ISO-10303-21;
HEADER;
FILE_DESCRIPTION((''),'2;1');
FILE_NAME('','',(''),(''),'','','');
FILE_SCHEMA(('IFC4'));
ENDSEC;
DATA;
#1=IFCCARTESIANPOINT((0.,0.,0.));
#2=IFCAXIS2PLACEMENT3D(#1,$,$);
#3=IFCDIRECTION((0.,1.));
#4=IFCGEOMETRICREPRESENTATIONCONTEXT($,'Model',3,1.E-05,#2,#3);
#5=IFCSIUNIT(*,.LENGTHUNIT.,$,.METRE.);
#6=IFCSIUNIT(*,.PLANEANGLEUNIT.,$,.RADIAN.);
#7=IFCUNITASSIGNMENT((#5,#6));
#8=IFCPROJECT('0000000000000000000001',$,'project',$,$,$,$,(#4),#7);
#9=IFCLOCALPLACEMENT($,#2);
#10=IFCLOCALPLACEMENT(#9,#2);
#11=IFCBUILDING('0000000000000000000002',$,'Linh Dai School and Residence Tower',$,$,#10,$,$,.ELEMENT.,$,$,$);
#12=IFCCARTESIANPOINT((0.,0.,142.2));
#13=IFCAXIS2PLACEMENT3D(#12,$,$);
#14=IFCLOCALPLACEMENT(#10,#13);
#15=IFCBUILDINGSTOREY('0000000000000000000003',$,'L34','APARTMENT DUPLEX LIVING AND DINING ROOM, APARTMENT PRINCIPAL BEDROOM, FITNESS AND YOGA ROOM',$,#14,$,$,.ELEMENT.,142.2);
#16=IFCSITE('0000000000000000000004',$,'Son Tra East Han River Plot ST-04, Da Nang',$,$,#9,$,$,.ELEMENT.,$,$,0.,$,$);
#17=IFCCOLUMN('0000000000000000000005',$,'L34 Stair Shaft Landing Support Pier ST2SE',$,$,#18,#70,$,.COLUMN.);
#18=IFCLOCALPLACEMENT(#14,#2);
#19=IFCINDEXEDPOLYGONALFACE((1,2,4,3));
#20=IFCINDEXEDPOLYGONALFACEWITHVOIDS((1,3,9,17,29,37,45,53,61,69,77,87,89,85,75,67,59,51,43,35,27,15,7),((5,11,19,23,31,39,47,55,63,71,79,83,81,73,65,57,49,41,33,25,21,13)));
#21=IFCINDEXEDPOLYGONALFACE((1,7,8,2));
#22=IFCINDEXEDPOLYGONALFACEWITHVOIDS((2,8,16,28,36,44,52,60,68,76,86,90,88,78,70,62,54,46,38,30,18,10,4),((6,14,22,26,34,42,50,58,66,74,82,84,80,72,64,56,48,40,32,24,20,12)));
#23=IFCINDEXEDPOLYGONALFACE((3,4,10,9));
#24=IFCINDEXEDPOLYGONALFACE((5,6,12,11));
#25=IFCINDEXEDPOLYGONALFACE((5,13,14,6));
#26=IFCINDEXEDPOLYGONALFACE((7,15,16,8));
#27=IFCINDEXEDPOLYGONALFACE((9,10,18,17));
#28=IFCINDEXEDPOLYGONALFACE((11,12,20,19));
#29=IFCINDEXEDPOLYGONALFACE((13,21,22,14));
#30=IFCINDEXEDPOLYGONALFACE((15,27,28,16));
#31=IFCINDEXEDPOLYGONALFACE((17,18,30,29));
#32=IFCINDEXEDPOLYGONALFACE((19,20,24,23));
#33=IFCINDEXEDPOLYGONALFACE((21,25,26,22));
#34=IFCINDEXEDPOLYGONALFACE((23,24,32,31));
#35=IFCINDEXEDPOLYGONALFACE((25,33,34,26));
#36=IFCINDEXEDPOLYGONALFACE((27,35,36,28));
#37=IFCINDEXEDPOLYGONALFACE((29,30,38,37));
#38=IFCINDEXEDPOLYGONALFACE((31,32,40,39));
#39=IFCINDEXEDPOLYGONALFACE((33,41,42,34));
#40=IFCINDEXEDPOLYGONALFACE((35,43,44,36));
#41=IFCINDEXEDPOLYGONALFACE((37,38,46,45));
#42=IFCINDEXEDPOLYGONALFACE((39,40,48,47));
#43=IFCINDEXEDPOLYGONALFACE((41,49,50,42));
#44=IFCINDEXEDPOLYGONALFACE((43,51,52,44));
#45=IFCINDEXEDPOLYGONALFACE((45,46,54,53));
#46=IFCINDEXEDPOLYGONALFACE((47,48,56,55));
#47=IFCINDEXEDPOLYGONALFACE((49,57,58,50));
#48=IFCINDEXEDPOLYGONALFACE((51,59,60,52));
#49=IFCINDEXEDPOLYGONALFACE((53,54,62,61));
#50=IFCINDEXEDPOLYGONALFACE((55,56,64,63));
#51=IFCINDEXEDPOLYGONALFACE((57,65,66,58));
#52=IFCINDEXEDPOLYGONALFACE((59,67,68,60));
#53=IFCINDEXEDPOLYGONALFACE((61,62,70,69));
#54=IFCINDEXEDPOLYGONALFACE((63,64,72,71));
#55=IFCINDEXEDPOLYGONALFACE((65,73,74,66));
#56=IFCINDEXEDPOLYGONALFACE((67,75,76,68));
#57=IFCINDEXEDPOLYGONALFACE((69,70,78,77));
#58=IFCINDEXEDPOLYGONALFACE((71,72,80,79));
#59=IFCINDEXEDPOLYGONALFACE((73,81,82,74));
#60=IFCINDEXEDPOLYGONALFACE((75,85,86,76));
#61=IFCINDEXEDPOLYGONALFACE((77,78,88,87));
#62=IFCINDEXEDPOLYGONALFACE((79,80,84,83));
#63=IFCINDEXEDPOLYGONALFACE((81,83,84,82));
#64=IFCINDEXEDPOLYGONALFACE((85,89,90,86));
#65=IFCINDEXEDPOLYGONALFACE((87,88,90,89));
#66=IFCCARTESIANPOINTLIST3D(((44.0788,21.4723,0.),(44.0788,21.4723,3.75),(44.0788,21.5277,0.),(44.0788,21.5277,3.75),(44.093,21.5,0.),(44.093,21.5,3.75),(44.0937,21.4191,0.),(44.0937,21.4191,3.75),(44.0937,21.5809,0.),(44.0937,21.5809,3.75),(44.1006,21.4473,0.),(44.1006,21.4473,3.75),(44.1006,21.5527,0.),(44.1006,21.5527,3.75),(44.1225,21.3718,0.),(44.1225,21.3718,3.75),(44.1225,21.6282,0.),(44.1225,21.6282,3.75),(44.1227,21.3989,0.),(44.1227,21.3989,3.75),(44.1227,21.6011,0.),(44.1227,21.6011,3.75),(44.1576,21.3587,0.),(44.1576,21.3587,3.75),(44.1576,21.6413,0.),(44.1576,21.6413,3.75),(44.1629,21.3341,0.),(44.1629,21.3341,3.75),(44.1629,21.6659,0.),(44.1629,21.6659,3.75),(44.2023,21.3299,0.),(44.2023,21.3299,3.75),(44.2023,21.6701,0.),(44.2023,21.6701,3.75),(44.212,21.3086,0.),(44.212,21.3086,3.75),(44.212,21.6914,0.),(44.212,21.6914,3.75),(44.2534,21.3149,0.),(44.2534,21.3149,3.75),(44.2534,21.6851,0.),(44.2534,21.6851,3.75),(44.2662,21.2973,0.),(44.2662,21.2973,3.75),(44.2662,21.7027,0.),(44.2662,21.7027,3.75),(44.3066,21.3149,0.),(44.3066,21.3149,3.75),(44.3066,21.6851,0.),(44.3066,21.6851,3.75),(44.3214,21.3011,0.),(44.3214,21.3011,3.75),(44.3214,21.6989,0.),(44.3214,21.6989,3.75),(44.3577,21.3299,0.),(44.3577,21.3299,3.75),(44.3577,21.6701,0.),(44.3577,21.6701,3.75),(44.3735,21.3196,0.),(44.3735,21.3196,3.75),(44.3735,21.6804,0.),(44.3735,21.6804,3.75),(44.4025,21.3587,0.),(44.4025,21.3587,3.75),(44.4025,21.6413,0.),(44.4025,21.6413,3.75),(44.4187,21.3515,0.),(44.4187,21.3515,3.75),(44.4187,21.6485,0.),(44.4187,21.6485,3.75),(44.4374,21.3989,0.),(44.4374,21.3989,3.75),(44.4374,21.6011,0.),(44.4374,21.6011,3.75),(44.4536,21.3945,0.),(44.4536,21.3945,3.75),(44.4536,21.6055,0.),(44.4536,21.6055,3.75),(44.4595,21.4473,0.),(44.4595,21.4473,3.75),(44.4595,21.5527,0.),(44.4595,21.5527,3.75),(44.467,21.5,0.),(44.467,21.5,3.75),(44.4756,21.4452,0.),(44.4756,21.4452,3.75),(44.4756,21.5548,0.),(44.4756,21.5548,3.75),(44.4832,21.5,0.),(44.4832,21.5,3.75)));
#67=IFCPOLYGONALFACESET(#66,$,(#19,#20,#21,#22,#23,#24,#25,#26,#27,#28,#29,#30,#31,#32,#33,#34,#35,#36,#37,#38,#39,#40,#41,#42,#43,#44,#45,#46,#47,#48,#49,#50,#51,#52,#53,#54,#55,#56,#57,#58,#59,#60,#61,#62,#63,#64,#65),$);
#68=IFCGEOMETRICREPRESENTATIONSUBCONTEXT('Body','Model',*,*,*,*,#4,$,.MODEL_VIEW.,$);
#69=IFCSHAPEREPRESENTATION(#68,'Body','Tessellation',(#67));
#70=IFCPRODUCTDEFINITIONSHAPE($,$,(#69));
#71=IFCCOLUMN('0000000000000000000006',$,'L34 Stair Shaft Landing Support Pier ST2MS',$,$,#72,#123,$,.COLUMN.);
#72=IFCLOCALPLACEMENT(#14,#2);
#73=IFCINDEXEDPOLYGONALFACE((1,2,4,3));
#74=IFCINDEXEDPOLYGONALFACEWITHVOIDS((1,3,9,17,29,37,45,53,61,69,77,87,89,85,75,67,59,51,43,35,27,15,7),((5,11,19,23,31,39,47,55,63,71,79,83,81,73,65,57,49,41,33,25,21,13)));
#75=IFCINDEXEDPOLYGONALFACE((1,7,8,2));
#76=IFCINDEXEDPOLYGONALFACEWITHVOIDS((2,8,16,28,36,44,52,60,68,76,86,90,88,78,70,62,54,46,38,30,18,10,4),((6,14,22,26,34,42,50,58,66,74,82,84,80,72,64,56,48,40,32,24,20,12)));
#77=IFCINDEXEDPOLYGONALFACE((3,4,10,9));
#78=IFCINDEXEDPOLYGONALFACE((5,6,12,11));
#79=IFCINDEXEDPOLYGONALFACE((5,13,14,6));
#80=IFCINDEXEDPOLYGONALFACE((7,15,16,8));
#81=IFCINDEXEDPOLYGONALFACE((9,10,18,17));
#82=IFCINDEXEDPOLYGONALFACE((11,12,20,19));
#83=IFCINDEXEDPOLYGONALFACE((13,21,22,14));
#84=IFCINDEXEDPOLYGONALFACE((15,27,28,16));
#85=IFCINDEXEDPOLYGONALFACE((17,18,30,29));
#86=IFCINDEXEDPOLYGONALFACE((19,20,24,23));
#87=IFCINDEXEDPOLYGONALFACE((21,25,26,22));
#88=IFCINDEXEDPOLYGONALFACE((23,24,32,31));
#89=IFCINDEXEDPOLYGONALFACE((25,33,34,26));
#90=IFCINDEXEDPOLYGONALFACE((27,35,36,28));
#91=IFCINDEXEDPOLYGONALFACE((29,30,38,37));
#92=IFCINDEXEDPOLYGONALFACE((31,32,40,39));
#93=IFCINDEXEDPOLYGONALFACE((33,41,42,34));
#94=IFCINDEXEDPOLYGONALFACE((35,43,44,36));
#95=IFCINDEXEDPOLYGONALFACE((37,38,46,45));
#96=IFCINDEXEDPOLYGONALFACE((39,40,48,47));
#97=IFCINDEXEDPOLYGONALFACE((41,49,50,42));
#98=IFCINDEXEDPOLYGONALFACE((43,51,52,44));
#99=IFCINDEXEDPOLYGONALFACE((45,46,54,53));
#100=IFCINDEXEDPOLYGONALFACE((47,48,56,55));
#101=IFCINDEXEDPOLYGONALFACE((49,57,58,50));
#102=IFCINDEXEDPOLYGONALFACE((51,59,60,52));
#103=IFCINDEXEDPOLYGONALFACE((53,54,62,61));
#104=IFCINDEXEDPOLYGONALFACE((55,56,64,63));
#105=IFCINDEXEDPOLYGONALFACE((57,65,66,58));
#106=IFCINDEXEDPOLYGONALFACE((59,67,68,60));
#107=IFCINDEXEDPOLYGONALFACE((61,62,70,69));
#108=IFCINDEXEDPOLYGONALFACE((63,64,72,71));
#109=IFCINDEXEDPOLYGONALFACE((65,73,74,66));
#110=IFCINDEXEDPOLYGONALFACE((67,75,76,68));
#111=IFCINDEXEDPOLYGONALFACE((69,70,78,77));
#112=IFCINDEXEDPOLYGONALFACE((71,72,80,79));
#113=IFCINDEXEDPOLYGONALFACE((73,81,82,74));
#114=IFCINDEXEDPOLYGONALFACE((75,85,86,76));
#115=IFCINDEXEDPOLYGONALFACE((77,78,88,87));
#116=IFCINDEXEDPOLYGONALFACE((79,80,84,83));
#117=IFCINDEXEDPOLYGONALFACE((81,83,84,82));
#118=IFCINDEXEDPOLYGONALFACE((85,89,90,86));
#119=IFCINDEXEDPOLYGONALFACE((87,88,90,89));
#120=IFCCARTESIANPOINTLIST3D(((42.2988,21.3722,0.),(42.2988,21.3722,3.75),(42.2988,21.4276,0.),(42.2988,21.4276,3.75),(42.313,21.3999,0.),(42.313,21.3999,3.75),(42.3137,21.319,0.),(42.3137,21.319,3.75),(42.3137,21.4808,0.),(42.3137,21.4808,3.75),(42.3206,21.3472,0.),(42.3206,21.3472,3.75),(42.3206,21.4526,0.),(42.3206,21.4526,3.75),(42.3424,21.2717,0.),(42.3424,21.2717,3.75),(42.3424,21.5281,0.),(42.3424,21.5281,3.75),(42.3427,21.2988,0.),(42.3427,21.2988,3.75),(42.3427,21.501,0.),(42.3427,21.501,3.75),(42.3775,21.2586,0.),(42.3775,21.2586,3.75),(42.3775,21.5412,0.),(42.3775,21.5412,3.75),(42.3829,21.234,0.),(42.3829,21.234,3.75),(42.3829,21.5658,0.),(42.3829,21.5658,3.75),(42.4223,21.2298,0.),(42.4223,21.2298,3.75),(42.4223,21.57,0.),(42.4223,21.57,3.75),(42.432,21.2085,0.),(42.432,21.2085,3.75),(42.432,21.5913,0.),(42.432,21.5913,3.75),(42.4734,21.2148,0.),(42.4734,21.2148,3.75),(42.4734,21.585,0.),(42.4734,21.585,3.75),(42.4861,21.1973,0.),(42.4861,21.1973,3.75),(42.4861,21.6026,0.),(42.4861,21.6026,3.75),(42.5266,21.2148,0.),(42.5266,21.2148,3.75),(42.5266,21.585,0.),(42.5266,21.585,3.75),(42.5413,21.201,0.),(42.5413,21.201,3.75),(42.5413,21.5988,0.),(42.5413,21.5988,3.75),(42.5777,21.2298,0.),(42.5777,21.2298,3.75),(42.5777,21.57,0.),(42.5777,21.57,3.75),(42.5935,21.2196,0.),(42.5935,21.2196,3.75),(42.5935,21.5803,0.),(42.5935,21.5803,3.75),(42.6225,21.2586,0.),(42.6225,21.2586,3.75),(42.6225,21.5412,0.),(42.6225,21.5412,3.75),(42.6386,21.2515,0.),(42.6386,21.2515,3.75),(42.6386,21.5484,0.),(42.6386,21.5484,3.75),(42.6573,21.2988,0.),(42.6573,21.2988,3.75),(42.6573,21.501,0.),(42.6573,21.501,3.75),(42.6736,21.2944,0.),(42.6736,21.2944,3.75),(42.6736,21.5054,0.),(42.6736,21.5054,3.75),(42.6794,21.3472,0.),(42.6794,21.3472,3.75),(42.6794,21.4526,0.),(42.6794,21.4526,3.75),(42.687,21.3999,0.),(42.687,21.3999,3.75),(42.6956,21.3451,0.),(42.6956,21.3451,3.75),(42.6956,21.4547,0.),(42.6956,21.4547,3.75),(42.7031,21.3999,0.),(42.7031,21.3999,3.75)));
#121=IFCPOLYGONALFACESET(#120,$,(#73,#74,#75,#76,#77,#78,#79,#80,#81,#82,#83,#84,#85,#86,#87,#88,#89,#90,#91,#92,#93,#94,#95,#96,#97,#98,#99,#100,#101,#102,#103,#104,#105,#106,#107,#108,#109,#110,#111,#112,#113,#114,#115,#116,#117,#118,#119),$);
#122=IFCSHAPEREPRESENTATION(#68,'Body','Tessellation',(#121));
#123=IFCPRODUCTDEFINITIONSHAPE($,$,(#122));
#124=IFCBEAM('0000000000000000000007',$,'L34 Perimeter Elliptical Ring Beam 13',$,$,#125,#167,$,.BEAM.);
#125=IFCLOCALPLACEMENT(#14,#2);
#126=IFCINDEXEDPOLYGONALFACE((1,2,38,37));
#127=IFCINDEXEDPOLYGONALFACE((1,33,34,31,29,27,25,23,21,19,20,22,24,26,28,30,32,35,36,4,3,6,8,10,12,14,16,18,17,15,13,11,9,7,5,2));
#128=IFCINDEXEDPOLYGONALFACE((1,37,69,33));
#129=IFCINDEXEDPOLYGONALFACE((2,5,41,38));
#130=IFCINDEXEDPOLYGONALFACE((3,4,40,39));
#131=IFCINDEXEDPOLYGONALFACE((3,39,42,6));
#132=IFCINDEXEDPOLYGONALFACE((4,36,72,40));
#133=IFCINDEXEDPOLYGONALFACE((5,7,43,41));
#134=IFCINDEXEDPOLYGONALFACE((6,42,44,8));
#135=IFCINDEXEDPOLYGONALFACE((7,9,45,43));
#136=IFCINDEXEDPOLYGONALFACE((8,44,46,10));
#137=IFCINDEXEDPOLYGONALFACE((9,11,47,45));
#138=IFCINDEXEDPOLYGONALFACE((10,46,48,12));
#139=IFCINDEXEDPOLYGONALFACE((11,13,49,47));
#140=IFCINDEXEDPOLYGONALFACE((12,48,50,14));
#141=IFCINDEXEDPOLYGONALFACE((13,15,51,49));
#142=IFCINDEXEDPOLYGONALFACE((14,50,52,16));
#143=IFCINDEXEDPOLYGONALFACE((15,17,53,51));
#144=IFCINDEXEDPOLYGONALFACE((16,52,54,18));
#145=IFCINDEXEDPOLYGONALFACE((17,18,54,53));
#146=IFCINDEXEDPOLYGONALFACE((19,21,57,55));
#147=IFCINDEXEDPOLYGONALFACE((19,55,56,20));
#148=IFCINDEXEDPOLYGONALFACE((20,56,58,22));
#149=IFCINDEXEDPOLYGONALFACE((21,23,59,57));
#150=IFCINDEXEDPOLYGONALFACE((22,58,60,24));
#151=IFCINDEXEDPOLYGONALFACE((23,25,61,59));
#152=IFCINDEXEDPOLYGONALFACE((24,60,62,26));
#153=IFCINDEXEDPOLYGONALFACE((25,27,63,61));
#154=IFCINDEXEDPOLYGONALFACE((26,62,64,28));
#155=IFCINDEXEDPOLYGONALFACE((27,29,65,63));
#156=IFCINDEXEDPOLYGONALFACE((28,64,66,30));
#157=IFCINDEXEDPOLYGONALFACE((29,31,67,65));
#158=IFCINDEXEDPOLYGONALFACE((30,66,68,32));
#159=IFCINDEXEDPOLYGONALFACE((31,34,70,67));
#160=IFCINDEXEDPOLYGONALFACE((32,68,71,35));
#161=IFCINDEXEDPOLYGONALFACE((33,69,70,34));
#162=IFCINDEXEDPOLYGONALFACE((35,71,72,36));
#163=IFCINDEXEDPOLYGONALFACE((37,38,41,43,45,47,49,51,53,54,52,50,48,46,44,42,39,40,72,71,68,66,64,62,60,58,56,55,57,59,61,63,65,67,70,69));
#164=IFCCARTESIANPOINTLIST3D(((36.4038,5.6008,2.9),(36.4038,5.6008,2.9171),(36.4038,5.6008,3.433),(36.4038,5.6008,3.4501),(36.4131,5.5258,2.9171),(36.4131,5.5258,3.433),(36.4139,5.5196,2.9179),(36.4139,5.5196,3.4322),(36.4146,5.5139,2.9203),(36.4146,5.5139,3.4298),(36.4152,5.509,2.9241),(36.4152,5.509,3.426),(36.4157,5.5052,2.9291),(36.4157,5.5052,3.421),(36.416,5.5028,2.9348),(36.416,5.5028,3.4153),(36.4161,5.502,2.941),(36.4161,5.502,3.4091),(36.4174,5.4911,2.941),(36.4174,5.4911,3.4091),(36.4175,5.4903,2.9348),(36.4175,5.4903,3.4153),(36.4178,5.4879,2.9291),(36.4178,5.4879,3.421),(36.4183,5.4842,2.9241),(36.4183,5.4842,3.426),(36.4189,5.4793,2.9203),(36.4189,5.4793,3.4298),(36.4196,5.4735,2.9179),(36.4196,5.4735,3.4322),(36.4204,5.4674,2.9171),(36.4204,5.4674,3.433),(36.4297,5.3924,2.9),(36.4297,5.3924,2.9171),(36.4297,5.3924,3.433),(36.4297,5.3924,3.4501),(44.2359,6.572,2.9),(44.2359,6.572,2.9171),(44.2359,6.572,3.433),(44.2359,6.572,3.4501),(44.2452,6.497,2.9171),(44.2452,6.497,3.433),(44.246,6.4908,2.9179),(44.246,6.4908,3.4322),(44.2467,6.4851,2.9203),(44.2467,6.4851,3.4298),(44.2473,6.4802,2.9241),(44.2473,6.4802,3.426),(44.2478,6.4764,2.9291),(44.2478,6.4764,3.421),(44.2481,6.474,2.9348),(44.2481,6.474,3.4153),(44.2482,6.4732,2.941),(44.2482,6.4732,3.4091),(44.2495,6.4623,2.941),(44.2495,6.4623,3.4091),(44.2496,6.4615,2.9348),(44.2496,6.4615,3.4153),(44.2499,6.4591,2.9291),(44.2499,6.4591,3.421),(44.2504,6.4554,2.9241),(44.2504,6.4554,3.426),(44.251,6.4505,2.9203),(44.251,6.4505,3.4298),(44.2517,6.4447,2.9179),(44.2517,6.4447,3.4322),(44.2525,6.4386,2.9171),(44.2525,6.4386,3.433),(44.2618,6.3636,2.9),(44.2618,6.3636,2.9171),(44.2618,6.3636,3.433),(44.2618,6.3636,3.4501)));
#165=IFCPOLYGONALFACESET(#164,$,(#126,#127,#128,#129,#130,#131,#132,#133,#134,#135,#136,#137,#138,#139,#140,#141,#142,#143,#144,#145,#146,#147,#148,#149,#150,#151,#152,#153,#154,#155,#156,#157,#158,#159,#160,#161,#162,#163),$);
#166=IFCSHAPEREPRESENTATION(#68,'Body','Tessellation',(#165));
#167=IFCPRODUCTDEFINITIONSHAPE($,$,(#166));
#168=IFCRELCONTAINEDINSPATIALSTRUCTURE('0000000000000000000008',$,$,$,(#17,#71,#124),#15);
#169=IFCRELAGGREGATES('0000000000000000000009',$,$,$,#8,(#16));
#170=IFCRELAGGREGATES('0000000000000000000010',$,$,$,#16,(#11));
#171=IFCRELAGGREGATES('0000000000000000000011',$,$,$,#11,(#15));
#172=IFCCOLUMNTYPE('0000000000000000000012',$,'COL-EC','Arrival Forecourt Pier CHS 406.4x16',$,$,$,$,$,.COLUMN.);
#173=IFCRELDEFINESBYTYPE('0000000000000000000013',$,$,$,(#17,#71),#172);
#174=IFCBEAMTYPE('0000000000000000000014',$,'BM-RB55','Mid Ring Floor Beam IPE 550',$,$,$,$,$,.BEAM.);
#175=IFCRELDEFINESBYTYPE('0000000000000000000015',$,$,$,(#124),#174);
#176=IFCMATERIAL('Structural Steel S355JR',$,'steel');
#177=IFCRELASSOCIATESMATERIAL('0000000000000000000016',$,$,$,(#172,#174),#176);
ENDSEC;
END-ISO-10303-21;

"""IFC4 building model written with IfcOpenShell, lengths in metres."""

from ifc_helpers import new_model, si_unit, direction, frame, origin, origin_2d, place, context, subcontext, project, spatial, hollow_circle, i_section, extrude, material, material_profile, profile_set, type_object, element, save


model = new_model("IFC4")

# Units and contexts
model_context = context("Model", 3, precision=1e-05, world=origin(), true_north=direction((0.0, 1.0)))
body_context = subcontext(model_context, "Body", "Model", "MODEL_VIEW")
ifc_project = project(units=[si_unit("LENGTHUNIT", "METRE"), si_unit("PLANEANGLEUNIT", "RADIAN")], contexts=[model_context])

# Site, building, storey
site_placement = place(None, origin())
site = spatial("IfcSite", under=ifc_project, at=site_placement, Name="Son Tra East Han River Plot ST-04, Da Nang", CompositionType="ELEMENT", RefElevation=0.0)
building_placement = place(site_placement, origin())
building = spatial("IfcBuilding", under=site, at=building_placement, Name="Linh Dai School and Residence Tower", CompositionType="ELEMENT")
storey_placement = place(building_placement, frame((0.0, 0.0, 142.2)))
storey = spatial("IfcBuildingStorey", under=building, at=storey_placement, Name="L34", Description="APARTMENT DUPLEX LIVING AND DINING ROOM, APARTMENT PRINCIPAL BEDROOM, FITNESS AND YOGA ROOM", CompositionType="ELEMENT", Elevation=142.2)

# Columns
ifc_material_1 = material(Name="Structural Steel S355JR", Category="steel")
ifc_material_profile_1 = material_profile(ifc_material_1, hollow_circle(Radius=0.2031, WallThickness=0.0161, at=origin_2d()), Name="CHS 406.4x16")
ifc_profile_set_1 = profile_set([ifc_material_profile_1], Name="Structural Steel S355JR")
column_type = type_object("IfcColumnType", Name="COL-EC", Description="Arrival Forecourt Pier CHS 406.4x16", PredefinedType="COLUMN", material=ifc_profile_set_1)
for number, where, z_axis, x_axis, name in (
    (1, (44.28, 21.5, 0.0), (0.0, 0.0, 1.0), (1.0, 0.0, 0.0), "L34 Stair Shaft Landing Support Pier ST2SE"),
    (2, (42.5, 21.3999, 0.0), (0.0, 0.0, 1.0), (1.0, 0.0, 0.0), "L34 Stair Shaft Landing Support Pier ST2MS"),
):
    element("IfcColumn", number, at=place(storey_placement, frame(where, z_axis=z_axis, x_axis=x_axis)), inside=storey, type_object=column_type, Name=name, PredefinedType="COLUMN", context=body_context, shape_type="SweptSolid", body=[
        extrude(hollow_circle(Radius=0.2031, WallThickness=0.0161, at=origin_2d()), origin(), (0.0, 0.0, 1.0), 3.75),
    ])

# Beam
ifc_material_profile_2 = material_profile(ifc_material_1, i_section(OverallWidth=0.21, OverallDepth=0.55, WebThickness=0.011, FlangeThickness=0.0171, FilletRadius=0.0239, at=origin_2d()), Name="IPE 550")
ifc_profile_set_2 = profile_set([ifc_material_profile_2], Name="Structural Steel S355JR")
beam_type_1 = type_object("IfcBeamType", Name="BM-RB55", Description="Mid Ring Floor Beam IPE 550", PredefinedType="BEAM", material=ifc_profile_set_2)
beam_1_placement = place(storey_placement, frame((36.4167, 5.4966, 3.175), z_axis=(0.992399, 0.12306, 0.0), x_axis=(-0.12306, 0.992399, 0.0)))
element("IfcBeam", 3, at=beam_1_placement, inside=storey, type_object=beam_type_1, Name="L34 Perimeter Elliptical Ring Beam 13", PredefinedType="BEAM", context=body_context, shape_type="SweptSolid", body=[
    extrude(i_section(OverallWidth=0.21, OverallDepth=0.55, WebThickness=0.011, FlangeThickness=0.0171, FilletRadius=0.0239, at=origin_2d()), origin(), (0.0, 0.0, 1.0), 7.8921),
])

save(model, "model.ifc")
